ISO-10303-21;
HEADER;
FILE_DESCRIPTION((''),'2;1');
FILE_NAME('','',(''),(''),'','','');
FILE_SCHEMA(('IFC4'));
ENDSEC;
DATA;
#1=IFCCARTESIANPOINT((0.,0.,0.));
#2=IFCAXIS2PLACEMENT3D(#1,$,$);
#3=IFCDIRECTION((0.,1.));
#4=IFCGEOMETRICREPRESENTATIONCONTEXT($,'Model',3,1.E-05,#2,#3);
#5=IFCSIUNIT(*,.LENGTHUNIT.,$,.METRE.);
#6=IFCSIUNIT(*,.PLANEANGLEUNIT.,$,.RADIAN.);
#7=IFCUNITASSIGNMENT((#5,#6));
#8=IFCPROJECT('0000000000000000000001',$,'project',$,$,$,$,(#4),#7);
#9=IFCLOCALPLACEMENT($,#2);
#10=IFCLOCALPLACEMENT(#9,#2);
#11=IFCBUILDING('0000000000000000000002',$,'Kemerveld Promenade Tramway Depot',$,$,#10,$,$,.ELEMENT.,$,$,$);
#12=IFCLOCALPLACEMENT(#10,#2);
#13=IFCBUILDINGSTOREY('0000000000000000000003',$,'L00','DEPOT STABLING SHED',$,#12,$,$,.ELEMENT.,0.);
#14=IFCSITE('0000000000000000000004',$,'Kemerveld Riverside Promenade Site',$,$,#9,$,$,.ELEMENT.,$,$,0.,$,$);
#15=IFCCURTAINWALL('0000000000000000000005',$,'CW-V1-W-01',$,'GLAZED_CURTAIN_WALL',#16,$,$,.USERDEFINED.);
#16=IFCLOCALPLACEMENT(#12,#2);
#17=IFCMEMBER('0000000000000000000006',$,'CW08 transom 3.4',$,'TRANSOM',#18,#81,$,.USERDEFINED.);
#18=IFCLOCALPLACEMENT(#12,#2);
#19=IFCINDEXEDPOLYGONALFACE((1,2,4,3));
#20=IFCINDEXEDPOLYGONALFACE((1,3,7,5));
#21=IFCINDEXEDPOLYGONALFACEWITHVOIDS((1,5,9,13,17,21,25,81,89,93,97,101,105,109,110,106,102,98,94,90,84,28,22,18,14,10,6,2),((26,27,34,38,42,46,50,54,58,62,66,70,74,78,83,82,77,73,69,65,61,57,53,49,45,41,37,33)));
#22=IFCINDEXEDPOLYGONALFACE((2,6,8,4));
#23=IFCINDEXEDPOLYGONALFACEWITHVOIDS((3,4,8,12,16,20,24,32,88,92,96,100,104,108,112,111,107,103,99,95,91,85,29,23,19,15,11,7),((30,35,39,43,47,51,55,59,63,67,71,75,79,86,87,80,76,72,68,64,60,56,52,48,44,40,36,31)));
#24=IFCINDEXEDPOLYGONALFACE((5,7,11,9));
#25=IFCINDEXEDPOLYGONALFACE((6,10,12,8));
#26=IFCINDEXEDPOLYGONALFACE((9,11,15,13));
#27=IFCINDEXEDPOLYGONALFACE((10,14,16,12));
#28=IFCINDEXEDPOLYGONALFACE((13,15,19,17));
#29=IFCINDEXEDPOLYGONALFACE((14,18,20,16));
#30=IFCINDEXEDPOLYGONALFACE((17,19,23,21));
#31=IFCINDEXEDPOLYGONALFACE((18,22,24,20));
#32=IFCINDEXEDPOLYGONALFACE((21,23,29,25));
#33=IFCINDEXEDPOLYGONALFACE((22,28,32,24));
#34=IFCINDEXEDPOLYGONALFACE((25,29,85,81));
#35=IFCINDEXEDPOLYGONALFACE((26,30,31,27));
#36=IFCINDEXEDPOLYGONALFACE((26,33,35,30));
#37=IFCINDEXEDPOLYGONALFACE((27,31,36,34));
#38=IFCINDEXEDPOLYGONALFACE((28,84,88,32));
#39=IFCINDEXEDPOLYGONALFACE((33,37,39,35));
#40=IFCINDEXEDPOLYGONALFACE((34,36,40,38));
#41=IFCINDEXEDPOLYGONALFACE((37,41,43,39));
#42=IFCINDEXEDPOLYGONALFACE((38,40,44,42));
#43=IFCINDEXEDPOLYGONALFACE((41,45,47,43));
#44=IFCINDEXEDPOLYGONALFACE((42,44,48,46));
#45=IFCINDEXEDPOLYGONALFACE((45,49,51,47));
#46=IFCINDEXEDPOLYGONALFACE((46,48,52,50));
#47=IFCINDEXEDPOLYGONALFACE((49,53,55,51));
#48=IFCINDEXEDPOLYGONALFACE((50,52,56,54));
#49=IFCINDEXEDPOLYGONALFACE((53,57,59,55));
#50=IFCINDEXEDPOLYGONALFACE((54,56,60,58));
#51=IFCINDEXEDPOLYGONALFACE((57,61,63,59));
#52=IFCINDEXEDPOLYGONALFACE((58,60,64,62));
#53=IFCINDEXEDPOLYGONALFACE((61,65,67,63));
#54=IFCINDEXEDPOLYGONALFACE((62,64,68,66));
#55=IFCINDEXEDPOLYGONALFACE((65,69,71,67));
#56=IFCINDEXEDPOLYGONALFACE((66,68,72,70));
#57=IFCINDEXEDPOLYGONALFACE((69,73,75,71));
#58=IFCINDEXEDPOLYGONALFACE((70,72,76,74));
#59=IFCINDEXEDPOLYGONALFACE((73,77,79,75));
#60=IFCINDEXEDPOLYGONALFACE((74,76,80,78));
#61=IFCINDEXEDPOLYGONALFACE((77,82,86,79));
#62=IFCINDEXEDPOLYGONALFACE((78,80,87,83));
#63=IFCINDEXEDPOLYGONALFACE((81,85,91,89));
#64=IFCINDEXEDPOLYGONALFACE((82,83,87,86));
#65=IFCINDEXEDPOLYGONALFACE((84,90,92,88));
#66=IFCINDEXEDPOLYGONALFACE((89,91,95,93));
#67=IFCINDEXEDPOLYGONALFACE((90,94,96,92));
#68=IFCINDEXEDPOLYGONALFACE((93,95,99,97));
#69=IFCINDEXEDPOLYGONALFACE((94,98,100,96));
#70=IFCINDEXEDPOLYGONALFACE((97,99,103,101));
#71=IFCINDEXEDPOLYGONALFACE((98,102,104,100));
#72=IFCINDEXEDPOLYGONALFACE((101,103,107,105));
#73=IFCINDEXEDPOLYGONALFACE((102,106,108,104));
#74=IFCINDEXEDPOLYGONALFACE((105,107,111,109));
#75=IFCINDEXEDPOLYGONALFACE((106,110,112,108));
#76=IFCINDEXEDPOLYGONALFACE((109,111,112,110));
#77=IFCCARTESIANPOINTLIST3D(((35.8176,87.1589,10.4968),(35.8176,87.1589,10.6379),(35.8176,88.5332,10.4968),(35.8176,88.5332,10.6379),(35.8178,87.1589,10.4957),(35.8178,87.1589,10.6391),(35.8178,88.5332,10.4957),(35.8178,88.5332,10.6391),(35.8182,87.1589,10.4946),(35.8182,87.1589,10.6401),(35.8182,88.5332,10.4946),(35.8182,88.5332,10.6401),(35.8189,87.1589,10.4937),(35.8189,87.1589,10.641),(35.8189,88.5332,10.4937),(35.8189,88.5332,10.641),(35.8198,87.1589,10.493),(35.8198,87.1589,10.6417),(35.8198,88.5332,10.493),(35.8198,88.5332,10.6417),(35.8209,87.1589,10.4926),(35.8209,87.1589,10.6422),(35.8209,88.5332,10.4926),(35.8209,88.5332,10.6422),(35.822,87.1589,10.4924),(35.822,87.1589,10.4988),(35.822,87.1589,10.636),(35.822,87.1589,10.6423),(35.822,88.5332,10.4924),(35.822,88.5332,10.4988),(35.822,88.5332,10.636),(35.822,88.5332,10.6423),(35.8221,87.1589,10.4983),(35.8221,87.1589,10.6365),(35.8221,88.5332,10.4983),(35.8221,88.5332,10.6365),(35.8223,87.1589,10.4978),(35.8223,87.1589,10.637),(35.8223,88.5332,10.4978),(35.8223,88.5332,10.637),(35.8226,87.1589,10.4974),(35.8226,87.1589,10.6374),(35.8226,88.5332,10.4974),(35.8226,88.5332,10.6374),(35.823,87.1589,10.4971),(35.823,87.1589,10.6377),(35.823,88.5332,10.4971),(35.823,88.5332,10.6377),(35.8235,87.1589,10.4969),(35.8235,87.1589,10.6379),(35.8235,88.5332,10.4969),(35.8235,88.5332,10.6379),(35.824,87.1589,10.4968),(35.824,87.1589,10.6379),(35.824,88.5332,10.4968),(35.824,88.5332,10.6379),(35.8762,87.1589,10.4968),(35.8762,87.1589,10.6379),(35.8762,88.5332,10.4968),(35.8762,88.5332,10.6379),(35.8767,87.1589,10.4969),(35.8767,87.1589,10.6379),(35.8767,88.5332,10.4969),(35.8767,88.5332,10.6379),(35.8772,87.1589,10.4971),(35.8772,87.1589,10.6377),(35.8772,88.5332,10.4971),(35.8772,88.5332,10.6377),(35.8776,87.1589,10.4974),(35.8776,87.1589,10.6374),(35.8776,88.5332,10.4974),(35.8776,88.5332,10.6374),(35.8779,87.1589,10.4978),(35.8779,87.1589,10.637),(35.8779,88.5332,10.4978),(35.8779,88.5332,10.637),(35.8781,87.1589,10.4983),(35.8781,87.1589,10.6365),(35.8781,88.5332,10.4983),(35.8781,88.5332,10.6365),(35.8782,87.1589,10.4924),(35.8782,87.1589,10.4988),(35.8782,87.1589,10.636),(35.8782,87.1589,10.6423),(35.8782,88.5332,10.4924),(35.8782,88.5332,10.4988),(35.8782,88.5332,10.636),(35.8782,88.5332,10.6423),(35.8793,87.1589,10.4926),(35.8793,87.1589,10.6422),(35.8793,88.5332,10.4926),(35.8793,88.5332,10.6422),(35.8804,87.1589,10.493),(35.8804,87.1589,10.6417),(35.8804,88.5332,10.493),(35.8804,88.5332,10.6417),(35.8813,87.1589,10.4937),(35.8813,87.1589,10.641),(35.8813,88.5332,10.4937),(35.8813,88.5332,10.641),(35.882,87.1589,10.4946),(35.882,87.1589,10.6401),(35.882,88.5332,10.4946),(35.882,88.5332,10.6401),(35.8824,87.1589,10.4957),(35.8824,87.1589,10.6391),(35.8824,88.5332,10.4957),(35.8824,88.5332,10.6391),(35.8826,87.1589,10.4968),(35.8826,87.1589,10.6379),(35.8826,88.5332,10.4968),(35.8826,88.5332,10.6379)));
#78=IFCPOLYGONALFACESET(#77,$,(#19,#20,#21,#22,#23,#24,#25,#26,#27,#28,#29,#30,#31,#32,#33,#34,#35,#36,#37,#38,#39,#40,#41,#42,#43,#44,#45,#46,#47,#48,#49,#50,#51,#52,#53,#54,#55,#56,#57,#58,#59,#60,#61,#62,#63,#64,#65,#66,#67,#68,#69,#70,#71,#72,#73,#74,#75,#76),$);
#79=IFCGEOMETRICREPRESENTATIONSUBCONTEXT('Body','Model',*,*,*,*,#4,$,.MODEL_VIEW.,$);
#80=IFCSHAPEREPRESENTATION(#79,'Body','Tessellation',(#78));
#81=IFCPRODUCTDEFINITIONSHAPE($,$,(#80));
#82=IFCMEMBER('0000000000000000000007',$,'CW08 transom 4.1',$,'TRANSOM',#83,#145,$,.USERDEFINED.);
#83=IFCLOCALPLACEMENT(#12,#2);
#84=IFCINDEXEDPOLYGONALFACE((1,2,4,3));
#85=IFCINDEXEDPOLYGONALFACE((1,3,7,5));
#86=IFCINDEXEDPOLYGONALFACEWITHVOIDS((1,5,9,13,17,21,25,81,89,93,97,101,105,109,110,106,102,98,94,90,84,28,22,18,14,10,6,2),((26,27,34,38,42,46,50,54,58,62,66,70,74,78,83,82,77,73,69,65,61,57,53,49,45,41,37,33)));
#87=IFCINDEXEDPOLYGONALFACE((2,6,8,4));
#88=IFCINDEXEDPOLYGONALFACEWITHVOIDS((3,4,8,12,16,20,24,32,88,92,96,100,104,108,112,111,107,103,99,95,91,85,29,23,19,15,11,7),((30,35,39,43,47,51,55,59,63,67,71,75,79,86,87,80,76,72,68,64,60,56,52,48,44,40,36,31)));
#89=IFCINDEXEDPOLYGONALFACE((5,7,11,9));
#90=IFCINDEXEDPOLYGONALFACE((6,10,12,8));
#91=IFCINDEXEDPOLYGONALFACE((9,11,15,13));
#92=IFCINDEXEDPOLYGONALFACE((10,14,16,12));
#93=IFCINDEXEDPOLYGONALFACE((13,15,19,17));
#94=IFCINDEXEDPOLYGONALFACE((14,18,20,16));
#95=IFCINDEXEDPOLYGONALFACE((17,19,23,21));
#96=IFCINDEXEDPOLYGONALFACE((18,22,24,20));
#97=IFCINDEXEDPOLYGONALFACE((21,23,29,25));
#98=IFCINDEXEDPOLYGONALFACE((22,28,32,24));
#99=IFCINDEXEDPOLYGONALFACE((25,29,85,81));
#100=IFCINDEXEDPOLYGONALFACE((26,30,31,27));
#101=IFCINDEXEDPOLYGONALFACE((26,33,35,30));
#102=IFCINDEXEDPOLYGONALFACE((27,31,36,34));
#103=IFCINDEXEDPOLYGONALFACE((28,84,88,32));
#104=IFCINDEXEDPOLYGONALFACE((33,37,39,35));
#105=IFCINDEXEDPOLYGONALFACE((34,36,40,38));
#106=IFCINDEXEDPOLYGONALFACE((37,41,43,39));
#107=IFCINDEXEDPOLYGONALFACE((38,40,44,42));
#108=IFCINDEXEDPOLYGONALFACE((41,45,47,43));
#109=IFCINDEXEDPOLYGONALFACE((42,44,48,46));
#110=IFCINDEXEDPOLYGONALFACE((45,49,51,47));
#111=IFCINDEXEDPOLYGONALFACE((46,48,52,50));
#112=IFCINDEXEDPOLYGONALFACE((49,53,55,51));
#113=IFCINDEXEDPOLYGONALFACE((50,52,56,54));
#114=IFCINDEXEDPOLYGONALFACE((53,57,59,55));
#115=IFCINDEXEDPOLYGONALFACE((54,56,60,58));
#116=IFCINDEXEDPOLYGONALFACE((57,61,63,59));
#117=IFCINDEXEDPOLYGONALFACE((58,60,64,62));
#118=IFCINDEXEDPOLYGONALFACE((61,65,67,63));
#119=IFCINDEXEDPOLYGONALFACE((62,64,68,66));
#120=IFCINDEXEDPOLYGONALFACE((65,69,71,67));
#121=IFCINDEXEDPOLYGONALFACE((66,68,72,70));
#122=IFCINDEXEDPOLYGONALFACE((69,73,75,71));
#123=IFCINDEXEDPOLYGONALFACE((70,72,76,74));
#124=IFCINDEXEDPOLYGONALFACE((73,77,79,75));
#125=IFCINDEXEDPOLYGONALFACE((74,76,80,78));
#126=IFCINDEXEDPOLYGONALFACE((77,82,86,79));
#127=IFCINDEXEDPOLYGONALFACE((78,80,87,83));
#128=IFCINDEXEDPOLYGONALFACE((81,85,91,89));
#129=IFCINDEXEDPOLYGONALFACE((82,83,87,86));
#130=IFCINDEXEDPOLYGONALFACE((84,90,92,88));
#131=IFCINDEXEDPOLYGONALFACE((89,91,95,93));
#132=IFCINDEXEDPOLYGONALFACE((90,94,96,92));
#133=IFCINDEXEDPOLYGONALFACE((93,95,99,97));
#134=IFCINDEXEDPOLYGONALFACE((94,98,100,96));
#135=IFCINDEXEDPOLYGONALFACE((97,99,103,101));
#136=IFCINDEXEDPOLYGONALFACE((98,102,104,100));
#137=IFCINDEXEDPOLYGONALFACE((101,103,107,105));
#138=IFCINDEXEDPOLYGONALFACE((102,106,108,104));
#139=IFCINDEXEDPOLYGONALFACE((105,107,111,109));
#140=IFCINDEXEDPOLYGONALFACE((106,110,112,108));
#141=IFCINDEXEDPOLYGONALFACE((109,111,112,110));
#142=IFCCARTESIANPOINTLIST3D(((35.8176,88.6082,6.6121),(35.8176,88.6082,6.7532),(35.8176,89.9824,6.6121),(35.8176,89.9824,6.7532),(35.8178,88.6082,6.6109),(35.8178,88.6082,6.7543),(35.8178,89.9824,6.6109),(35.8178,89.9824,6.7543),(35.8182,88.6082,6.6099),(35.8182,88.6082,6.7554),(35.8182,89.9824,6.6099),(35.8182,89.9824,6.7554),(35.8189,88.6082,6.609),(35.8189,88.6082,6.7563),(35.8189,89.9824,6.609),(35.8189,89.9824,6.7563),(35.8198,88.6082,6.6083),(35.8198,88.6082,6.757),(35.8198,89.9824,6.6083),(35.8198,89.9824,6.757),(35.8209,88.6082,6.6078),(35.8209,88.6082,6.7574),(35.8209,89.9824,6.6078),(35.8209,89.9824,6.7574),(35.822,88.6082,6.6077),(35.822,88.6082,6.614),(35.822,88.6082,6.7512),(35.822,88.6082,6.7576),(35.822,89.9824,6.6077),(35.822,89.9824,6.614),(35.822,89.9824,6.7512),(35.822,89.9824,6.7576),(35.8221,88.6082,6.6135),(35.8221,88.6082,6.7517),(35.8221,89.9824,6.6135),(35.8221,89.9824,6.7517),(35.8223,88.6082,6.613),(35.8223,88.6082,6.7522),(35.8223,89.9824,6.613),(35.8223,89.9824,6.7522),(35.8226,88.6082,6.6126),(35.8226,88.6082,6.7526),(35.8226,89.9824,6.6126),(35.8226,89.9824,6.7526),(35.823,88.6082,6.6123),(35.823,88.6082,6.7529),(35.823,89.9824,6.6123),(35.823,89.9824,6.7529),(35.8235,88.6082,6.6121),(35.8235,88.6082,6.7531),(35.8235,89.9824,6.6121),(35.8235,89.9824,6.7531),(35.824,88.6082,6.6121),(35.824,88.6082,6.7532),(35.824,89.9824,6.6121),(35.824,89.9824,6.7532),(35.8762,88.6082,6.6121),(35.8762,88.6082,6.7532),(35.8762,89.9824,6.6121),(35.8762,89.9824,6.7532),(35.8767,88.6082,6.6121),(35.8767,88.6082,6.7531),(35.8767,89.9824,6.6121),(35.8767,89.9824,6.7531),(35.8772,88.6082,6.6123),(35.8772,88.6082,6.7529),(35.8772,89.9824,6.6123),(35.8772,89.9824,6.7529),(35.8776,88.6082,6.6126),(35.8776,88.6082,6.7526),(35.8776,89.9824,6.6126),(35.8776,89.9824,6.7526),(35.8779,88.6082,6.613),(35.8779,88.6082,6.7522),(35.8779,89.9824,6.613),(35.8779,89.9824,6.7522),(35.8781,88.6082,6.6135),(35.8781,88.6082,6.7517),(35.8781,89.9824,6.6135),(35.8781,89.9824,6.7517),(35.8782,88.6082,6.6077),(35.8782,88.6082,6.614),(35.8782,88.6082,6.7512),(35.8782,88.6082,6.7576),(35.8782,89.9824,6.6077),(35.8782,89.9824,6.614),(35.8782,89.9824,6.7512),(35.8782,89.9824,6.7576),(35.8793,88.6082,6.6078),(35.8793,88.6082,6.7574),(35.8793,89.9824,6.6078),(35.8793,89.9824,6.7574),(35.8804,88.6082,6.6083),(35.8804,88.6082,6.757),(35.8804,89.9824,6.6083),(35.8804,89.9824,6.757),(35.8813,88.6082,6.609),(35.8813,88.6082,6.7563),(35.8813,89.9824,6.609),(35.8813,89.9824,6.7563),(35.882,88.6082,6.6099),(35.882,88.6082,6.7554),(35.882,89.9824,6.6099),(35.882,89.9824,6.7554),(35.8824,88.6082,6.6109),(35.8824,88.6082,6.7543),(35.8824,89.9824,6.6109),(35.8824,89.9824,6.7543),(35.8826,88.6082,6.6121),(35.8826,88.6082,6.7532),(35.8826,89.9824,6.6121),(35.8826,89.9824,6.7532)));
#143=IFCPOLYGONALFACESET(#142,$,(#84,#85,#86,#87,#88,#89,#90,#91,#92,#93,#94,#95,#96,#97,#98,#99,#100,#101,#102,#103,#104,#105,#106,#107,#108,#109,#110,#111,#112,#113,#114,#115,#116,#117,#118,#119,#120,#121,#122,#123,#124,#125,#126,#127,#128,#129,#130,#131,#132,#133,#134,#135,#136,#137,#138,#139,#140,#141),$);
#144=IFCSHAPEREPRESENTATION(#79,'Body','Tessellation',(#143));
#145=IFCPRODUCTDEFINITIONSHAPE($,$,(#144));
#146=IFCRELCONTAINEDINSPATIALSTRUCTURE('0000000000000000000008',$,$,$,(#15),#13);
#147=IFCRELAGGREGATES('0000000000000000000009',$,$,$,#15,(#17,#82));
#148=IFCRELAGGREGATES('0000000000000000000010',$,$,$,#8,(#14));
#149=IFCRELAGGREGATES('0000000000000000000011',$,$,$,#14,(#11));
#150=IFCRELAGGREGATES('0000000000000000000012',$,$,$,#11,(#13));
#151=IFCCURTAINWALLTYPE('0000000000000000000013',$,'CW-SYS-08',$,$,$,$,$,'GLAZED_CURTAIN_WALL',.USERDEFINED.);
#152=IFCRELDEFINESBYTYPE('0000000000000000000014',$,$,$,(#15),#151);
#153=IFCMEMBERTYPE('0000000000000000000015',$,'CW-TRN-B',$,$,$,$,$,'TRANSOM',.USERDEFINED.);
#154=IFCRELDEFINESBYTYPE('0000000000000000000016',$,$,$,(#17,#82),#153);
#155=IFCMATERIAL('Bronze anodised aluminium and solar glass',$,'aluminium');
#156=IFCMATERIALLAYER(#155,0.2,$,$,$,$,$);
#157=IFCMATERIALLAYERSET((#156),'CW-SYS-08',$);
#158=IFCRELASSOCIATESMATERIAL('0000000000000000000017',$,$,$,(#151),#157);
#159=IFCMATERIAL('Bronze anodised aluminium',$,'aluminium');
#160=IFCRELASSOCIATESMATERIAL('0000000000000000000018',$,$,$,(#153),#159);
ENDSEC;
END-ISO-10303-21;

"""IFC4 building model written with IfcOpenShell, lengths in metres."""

from ifc_helpers import new_model, si_unit, direction, frame, origin, origin_2d, place, context, subcontext, project, spatial, hollow_rectangle, extrude, material, layer, layer_set, material_profile, profile_set, type_object, element, aggregate, save


model = new_model("IFC4")

# Units and contexts
model_context = context("Model", 3, precision=1e-05, world=origin(), true_north=direction((0.0, 1.0)))
body_context = subcontext(model_context, "Body", "Model", "MODEL_VIEW")
ifc_project = project(units=[si_unit("LENGTHUNIT", "METRE"), si_unit("PLANEANGLEUNIT", "RADIAN")], contexts=[model_context])

# Site, building, storey
site_placement = place(None, origin())
site = spatial("IfcSite", under=ifc_project, at=site_placement, Name="Kemerveld Riverside Promenade Site", CompositionType="ELEMENT", RefElevation=0.0)
building_placement = place(site_placement, origin())
building = spatial("IfcBuilding", under=site, at=building_placement, Name="Kemerveld Promenade Tramway Depot", CompositionType="ELEMENT")
storey_placement = place(building_placement, origin())
storey = spatial("IfcBuildingStorey", under=building, at=storey_placement, Name="L00", Description="DEPOT STABLING SHED", CompositionType="ELEMENT", Elevation=0.0)

# Curtain wall, members
ifc_material_1 = material(Name="Bronze anodised aluminium and solar glass", Category="aluminium")
ifc_layer_1 = layer(ifc_material_1, 0.2)
ifc_layer_set_1 = layer_set([ifc_layer_1], Name="CW-SYS-08")
curtain_wall_type = type_object("IfcCurtainWallType", Name="CW-SYS-08", ElementType="GLAZED_CURTAIN_WALL", PredefinedType="USERDEFINED", material=ifc_layer_set_1)
curtain_wall_placement = place(storey_placement, origin())
curtain_wall = element("IfcCurtainWall", 1, at=curtain_wall_placement, inside=storey, type_object=curtain_wall_type, Name="CW-V1-W-01", ObjectType="GLAZED_CURTAIN_WALL", PredefinedType="USERDEFINED")
ifc_material_2 = material(Name="Bronze anodised aluminium", Category="aluminium")
ifc_material_profile_1 = material_profile(ifc_material_2, hollow_rectangle(XDim=0.0649, YDim=0.1499, WallThickness=0.0044, InnerFilletRadius=0.002, OuterFilletRadius=0.0044, at=origin_2d()), Name="CW-TRN-150x65")
ifc_profile_set_1 = profile_set([ifc_material_profile_1], Name="Bronze anodised aluminium")
member_type_1 = type_object("IfcMemberType", Name="CW-TRN-B", ElementType="TRANSOM", PredefinedType="USERDEFINED", material=ifc_profile_set_1)
member_1_placement = place(storey_placement, frame((35.8501, 87.1589, 10.5674), z_axis=(0.0, 1.0, 0.0), x_axis=(-1.0, 0.0, 0.0)))
member_1 = element("IfcMember", 2, at=member_1_placement, type_object=member_type_1, Name="CW08 transom 3.4", ObjectType="TRANSOM", PredefinedType="USERDEFINED", context=body_context, shape_type="SweptSolid", body=[
    extrude(hollow_rectangle(XDim=0.0649, YDim=0.1499, WallThickness=0.0044, InnerFilletRadius=0.002, OuterFilletRadius=0.0044, at=origin_2d()), origin(), (0.0, 0.0, 1.0), 1.3743),
])
member_2_placement = place(storey_placement, frame((35.8501, 88.6082, 6.6826), z_axis=(0.0, 1.0, 0.0), x_axis=(-1.0, 0.0, 0.0)))
member_2 = element("IfcMember", 3, at=member_2_placement, type_object=member_type_1, Name="CW08 transom 4.1", ObjectType="TRANSOM", PredefinedType="USERDEFINED", context=body_context, shape_type="SweptSolid", body=[
    extrude(hollow_rectangle(XDim=0.0649, YDim=0.1499, WallThickness=0.0044, InnerFilletRadius=0.002, OuterFilletRadius=0.0044, at=origin_2d()), origin(), (0.0, 0.0, 1.0), 1.3743),
])
aggregate(curtain_wall, [member_1, member_2])

save(model, "model.ifc")
